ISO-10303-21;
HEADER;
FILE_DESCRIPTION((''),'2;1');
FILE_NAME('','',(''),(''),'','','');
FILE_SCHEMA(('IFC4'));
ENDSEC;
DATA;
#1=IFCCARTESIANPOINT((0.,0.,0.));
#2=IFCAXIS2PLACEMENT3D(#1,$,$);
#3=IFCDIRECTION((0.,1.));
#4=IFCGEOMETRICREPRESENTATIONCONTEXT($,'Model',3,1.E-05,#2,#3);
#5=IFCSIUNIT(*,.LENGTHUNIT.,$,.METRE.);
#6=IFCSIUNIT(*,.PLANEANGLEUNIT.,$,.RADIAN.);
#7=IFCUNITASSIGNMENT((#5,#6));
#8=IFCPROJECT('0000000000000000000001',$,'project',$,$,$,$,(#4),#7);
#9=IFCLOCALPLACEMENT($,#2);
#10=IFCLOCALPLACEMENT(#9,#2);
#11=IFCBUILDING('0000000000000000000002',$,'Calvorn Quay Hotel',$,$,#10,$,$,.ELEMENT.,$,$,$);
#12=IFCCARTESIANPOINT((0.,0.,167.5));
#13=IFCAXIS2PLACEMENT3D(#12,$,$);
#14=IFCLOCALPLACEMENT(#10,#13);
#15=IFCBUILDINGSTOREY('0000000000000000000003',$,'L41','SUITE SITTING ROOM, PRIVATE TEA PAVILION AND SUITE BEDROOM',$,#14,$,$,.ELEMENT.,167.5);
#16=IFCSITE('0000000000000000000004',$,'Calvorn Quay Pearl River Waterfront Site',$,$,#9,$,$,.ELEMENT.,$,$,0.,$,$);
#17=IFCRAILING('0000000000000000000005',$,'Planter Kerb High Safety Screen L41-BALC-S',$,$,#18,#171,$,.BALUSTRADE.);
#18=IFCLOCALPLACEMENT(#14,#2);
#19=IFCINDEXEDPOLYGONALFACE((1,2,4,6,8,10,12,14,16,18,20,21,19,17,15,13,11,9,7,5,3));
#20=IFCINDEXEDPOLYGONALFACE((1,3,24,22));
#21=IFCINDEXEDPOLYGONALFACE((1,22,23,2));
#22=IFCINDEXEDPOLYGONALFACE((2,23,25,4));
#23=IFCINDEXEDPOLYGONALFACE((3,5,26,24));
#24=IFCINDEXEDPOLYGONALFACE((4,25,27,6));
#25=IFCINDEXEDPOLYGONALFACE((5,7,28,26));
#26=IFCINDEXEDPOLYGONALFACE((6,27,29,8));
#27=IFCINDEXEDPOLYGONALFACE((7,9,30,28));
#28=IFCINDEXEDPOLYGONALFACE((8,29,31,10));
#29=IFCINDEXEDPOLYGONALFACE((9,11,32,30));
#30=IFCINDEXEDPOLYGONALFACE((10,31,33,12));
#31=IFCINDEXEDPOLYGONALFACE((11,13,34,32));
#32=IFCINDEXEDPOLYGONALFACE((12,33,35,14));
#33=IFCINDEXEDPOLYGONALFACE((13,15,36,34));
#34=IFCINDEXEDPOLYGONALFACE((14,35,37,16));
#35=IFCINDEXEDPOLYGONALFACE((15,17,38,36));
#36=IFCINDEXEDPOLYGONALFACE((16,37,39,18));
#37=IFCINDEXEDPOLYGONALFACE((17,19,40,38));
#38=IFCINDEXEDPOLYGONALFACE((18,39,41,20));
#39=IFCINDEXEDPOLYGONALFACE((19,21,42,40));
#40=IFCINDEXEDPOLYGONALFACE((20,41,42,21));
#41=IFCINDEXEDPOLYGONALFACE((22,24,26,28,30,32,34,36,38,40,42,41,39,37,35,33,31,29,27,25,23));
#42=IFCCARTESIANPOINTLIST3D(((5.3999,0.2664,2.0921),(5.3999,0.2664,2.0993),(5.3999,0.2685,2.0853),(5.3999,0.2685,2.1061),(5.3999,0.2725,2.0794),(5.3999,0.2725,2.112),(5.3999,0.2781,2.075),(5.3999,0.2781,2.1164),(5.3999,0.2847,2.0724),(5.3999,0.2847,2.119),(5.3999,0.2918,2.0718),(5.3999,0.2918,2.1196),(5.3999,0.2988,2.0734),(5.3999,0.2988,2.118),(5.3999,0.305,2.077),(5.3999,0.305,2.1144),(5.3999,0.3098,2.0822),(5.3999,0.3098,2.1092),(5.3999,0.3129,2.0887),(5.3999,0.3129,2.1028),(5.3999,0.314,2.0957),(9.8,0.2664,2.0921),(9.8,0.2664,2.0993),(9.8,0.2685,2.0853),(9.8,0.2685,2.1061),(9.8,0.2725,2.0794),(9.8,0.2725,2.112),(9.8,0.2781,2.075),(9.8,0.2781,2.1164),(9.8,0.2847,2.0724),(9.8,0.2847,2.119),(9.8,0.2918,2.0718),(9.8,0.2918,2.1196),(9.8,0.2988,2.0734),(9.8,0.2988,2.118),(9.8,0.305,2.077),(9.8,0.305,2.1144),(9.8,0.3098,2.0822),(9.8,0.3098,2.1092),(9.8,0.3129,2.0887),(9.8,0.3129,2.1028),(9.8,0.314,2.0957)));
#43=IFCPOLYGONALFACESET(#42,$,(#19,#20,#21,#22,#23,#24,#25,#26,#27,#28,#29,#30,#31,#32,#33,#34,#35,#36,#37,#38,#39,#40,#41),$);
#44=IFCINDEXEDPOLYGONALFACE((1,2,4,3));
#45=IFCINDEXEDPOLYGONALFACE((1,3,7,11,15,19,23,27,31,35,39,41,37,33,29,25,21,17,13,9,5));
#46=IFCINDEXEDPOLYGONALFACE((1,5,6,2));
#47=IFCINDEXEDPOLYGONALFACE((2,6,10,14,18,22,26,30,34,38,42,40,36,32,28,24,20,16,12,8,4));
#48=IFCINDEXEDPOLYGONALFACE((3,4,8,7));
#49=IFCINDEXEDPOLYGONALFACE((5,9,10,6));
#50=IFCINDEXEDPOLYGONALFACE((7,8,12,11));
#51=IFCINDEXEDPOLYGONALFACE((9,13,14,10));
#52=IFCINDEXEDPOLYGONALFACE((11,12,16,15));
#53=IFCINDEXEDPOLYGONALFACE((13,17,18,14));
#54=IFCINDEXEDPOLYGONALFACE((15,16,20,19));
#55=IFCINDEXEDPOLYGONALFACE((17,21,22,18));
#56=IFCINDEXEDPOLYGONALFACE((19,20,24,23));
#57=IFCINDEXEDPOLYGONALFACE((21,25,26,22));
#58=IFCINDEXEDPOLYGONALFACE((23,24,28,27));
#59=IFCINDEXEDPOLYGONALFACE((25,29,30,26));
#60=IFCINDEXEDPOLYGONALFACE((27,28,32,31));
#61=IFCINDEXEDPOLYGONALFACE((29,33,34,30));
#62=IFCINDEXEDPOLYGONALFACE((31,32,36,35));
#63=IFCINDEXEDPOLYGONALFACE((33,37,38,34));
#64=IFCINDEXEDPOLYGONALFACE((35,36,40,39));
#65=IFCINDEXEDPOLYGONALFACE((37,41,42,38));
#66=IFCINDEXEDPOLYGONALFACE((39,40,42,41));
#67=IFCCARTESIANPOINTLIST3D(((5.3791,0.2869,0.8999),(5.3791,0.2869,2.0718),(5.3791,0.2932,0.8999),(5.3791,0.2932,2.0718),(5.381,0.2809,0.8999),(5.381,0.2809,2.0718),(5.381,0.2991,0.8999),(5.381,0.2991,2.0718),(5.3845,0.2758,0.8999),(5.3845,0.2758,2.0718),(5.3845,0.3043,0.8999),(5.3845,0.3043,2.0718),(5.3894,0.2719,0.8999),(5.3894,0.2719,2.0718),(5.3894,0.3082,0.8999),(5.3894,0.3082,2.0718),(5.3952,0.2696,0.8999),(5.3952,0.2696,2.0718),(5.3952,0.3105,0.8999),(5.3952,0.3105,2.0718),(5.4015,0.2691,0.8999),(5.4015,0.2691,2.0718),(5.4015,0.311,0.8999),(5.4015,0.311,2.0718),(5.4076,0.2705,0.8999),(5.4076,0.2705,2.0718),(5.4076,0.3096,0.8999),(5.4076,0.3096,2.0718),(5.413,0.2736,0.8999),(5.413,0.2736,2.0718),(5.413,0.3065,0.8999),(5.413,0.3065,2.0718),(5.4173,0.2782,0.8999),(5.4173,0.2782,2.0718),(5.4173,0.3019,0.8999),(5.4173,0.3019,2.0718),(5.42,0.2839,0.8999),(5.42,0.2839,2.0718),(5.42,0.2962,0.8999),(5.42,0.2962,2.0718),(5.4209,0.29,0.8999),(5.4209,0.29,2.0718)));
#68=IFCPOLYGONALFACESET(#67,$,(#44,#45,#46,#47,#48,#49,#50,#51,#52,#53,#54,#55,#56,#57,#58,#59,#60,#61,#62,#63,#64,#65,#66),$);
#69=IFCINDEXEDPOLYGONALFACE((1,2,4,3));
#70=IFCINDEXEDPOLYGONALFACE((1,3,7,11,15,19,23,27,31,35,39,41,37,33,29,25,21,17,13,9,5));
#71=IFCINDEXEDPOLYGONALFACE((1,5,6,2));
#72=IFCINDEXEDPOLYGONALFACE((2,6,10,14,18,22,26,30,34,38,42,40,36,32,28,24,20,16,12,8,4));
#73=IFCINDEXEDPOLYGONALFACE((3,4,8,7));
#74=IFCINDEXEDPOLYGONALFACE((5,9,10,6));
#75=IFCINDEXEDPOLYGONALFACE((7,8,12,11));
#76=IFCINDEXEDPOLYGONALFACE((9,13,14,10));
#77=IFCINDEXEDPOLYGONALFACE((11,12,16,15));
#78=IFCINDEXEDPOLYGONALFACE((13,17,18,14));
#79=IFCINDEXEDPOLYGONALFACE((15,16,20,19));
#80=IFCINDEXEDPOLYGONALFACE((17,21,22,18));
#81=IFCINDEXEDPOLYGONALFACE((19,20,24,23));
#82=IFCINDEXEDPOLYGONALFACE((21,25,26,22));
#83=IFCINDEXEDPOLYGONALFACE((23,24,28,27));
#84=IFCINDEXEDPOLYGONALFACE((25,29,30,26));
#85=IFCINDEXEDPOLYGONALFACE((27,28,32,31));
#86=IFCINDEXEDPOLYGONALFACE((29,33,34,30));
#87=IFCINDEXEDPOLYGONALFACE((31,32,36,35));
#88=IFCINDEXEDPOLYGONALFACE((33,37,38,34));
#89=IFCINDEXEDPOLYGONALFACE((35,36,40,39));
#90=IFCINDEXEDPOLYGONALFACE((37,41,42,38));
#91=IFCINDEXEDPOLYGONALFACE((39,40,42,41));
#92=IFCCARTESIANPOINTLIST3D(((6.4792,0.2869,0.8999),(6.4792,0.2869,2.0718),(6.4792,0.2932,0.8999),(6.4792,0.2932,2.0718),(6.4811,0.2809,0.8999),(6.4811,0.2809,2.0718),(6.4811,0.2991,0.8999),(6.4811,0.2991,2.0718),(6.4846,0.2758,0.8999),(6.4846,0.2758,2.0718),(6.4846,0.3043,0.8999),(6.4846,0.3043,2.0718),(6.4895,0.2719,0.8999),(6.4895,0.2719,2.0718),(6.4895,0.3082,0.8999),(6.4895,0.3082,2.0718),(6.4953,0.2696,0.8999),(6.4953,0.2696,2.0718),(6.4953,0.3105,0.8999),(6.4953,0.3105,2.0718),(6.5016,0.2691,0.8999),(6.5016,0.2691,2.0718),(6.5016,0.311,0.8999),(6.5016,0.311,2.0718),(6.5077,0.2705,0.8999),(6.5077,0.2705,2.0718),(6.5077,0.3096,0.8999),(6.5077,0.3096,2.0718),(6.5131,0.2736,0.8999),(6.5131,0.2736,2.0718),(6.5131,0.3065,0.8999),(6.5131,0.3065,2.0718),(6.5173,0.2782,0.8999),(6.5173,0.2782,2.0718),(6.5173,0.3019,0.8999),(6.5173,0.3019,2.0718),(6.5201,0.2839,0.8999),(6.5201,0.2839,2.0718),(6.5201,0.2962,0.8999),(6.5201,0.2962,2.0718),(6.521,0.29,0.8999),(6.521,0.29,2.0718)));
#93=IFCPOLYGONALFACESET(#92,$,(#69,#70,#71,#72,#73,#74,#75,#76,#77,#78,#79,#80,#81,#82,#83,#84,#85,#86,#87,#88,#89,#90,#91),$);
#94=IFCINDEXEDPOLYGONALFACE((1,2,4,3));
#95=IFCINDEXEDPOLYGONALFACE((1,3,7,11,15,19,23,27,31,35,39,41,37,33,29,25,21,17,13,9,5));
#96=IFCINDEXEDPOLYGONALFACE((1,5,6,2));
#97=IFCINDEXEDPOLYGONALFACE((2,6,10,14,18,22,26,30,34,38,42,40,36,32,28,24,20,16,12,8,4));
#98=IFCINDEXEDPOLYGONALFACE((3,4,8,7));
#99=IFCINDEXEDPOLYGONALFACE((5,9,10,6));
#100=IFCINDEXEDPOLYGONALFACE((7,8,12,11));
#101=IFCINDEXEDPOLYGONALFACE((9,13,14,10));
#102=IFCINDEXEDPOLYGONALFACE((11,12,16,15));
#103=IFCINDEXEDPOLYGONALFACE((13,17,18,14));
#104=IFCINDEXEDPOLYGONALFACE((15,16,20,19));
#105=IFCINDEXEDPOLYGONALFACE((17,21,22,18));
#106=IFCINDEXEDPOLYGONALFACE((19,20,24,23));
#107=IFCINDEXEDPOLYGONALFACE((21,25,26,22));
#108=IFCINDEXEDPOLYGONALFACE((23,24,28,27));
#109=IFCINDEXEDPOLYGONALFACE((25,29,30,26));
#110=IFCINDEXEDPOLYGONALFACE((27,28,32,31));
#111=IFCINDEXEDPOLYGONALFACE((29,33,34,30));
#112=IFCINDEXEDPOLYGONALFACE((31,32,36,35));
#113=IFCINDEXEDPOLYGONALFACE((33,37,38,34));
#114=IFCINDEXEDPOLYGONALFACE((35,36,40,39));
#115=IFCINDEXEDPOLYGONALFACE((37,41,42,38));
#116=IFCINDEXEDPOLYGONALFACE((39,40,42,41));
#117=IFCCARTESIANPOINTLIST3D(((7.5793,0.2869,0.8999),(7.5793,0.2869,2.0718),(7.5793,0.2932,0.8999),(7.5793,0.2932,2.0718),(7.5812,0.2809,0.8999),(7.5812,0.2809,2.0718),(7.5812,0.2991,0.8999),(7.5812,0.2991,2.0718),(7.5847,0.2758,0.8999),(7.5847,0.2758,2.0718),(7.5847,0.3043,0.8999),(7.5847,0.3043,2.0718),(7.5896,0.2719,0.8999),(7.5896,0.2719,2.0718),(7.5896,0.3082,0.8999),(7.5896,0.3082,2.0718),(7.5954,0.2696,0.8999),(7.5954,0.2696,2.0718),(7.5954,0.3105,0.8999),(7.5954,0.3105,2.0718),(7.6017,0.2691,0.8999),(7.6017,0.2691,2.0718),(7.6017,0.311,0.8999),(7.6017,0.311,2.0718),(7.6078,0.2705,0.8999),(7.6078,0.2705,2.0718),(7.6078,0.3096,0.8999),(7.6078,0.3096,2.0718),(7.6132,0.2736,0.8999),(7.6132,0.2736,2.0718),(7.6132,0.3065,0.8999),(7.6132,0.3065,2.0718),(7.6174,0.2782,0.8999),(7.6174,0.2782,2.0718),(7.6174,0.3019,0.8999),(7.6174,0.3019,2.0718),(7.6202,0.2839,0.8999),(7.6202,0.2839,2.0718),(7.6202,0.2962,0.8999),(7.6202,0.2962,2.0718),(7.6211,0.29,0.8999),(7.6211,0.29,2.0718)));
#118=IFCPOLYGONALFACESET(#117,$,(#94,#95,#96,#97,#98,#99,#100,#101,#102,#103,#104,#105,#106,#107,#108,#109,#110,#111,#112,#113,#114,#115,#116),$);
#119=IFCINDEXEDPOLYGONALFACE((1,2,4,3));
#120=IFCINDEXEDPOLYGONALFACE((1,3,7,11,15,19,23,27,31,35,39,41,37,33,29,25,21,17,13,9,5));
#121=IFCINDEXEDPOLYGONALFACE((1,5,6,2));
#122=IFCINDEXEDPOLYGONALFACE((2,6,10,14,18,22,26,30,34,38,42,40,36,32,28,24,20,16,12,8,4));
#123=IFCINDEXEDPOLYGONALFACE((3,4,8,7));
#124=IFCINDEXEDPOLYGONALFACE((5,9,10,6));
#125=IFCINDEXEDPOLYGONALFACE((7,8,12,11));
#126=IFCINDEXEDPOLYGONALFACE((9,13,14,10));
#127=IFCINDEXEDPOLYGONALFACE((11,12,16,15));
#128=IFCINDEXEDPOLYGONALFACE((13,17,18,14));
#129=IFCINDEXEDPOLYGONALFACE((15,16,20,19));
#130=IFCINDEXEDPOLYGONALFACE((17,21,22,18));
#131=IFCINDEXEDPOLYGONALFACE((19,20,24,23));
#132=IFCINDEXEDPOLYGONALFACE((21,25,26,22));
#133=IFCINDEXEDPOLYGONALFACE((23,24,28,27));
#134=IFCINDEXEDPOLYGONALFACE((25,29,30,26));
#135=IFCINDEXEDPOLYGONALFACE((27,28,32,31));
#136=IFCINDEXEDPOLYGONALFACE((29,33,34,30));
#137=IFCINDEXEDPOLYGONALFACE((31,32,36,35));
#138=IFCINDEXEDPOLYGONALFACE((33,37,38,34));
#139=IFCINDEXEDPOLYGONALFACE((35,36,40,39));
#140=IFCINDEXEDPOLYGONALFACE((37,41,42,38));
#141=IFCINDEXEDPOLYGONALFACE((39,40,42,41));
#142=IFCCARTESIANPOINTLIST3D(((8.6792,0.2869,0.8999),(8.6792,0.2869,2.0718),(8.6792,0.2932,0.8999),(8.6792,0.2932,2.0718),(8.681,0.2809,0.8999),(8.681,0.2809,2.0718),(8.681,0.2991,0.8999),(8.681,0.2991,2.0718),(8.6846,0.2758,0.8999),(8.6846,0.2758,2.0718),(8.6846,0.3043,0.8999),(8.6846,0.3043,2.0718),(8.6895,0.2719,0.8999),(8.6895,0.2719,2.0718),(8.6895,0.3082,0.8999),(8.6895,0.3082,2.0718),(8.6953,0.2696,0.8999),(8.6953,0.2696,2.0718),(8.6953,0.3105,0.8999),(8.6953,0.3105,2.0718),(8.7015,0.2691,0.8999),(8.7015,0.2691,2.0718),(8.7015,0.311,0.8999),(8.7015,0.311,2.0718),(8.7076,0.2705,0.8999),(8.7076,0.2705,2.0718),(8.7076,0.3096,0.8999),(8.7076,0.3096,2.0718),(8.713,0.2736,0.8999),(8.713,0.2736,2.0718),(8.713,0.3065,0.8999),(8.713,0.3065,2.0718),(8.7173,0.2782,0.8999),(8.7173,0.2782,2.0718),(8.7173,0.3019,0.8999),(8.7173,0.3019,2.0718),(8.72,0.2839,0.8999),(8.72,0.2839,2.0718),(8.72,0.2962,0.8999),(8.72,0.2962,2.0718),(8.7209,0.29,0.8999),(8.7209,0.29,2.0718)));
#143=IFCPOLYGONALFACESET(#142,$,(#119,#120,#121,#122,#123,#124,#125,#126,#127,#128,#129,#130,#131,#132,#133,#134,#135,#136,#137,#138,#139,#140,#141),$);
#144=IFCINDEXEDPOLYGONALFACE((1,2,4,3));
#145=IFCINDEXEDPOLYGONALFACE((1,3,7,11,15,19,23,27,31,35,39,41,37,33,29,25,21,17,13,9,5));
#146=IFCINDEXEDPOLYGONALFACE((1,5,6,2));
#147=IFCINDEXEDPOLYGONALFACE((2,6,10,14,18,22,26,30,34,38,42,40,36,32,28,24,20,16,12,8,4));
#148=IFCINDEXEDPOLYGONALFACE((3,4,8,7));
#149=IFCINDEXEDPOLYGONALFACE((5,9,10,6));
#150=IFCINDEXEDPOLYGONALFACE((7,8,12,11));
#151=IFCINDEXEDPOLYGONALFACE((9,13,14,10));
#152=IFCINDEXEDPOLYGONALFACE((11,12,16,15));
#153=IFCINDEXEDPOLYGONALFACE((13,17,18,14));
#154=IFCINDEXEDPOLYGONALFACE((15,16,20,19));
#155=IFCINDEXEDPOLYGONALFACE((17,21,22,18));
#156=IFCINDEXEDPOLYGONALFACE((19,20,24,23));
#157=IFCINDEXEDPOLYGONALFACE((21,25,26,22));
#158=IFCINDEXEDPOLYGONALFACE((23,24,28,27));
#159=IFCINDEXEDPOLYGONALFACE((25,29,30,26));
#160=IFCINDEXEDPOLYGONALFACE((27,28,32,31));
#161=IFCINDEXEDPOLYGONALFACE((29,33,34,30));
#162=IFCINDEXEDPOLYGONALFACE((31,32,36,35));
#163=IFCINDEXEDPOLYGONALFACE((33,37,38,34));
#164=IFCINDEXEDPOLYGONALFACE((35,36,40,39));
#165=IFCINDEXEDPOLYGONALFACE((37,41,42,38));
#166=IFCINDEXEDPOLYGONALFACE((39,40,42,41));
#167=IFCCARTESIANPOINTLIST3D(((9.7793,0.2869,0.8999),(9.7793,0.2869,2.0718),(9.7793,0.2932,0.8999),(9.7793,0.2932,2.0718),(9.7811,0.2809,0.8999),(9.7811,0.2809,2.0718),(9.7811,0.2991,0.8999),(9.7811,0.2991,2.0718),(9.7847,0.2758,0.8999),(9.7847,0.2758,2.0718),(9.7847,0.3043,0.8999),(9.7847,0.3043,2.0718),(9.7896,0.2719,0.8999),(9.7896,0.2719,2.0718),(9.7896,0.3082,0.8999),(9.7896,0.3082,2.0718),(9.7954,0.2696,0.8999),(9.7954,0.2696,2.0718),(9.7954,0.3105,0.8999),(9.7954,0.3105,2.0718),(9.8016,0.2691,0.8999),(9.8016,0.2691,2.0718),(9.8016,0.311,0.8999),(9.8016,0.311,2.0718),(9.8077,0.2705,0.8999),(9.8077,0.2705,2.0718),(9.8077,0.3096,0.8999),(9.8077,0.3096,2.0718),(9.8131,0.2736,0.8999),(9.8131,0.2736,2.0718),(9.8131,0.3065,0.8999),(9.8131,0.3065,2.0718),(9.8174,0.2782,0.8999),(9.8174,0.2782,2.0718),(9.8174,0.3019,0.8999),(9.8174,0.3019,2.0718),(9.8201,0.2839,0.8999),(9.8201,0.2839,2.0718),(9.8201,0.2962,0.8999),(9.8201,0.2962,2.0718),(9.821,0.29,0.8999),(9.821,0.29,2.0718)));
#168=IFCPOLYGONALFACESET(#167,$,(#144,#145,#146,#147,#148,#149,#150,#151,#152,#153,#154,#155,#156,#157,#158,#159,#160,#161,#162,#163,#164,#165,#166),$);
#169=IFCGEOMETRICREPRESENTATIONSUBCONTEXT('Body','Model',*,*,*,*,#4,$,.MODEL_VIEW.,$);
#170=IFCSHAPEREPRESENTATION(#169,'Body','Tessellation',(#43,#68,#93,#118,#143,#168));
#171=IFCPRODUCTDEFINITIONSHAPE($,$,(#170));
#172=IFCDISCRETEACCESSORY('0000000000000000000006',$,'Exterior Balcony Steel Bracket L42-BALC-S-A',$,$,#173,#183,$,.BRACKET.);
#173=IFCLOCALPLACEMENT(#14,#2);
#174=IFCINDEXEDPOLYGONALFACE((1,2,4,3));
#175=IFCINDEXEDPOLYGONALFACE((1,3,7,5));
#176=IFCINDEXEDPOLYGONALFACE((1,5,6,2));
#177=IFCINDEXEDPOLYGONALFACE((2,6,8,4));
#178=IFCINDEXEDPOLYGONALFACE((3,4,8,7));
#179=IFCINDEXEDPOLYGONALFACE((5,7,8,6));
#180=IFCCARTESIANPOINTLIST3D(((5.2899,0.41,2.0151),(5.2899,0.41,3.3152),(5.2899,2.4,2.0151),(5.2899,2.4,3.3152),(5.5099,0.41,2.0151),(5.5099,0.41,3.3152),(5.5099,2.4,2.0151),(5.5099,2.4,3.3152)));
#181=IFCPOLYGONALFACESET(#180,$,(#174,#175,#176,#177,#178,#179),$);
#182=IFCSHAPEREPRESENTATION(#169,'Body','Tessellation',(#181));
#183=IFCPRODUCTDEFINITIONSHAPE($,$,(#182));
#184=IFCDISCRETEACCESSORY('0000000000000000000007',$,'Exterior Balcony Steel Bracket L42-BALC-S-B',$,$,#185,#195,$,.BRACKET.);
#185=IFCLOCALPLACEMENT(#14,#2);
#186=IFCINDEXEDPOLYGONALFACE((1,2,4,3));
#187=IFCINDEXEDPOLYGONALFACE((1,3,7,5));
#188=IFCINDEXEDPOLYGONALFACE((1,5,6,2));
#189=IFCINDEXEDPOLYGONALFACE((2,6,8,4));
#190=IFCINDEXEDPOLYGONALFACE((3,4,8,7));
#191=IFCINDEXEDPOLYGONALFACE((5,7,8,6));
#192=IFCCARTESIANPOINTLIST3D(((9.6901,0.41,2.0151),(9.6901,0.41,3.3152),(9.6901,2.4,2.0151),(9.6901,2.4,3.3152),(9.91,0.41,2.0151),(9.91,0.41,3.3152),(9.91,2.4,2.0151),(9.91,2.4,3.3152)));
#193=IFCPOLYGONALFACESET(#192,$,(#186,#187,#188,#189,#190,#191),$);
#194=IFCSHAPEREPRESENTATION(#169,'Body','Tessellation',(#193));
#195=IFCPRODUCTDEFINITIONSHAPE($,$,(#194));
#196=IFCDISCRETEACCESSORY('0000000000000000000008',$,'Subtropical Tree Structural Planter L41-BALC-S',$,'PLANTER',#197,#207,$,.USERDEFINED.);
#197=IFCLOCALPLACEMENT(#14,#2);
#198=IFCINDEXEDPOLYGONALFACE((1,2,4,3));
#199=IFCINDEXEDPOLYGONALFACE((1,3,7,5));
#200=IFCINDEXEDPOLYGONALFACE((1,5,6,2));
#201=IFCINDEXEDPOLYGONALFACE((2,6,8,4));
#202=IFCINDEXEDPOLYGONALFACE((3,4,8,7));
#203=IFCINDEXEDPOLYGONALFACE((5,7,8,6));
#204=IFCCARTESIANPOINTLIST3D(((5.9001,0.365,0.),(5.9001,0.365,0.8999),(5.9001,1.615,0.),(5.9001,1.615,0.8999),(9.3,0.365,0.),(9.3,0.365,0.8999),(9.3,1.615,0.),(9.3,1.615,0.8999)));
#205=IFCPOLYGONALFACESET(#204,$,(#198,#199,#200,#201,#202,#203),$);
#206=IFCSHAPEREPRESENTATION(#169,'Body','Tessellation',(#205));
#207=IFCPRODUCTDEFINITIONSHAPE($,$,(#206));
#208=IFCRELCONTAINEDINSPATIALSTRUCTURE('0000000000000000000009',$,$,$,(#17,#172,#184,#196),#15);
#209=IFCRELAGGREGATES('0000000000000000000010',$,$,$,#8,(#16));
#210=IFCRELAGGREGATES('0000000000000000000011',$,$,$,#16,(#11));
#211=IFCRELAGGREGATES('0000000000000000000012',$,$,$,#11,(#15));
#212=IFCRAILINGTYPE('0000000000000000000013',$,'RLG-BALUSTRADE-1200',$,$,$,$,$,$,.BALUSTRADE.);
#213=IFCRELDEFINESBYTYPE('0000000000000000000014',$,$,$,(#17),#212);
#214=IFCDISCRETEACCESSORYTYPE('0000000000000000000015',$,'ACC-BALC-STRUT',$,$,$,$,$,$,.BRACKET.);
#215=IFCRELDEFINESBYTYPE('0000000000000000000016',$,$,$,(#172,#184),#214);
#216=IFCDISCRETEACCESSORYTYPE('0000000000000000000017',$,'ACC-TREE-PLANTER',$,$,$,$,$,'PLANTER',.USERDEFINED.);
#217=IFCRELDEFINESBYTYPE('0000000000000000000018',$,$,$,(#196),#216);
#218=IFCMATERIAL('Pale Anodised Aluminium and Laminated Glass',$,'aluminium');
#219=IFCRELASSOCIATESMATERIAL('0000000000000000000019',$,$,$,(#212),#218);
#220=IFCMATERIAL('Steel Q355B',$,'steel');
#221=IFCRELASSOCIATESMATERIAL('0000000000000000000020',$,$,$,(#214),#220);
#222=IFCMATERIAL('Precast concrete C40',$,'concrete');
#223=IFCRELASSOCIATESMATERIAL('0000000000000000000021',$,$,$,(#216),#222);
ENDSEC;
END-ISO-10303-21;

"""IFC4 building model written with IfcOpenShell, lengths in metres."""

from ifc_helpers import new_model, si_unit, direction, frame, origin, origin_2d, place, context, subcontext, project, spatial, rectangle, circle, extrude, material, type_object, element, save


model = new_model("IFC4")

# Units and contexts
model_context = context("Model", 3, precision=1e-05, world=origin(), true_north=direction((0.0, 1.0)))
body_context = subcontext(model_context, "Body", "Model", "MODEL_VIEW")
ifc_project = project(units=[si_unit("LENGTHUNIT", "METRE"), si_unit("PLANEANGLEUNIT", "RADIAN")], contexts=[model_context])

# Site, building, storey
site_placement = place(None, origin())
site = spatial("IfcSite", under=ifc_project, at=site_placement, Name="Calvorn Quay Pearl River Waterfront Site", CompositionType="ELEMENT", RefElevation=0.0)
building_placement = place(site_placement, origin())
building = spatial("IfcBuilding", under=site, at=building_placement, Name="Calvorn Quay Hotel", CompositionType="ELEMENT")
storey_placement = place(building_placement, frame((0.0, 0.0, 167.5)))
storey = spatial("IfcBuildingStorey", under=building, at=storey_placement, Name="L41", Description="SUITE SITTING ROOM, PRIVATE TEA PAVILION AND SUITE BEDROOM", CompositionType="ELEMENT", Elevation=167.5)

# Railing
ifc_material_1 = material(Name="Pale Anodised Aluminium and Laminated Glass", Category="aluminium")
railing_type = type_object("IfcRailingType", Name="RLG-BALUSTRADE-1200", PredefinedType="BALUSTRADE", material=ifc_material_1)
railing_1_placement = place(storey_placement, frame((5.3999, 0.29, 0.8999)))
element("IfcRailing", 1, at=railing_1_placement, inside=storey, type_object=railing_type, Name="Planter Kerb High Safety Screen L41-BALC-S", PredefinedType="BALUSTRADE", context=body_context, shape_type="SweptSolid", body=[
    extrude(circle(Radius=0.0239, at=origin_2d()), frame((0.0, 0.0, 1.1958), z_axis=(1.0, 0.0, 0.0), x_axis=(0.0, 1.0, 0.0)), (0.0, 0.0, 1.0), 4.4001),
    extrude(circle(Radius=0.021, at=origin_2d()), origin(), (0.0, 0.0, 1.0), 1.1719),
    extrude(circle(Radius=0.021, at=origin_2d()), frame((1.1001, 0.0, 0.0)), (0.0, 0.0, 1.0), 1.1719),
    extrude(circle(Radius=0.021, at=origin_2d()), frame((2.2002, 0.0, 0.0)), (0.0, 0.0, 1.0), 1.1719),
    extrude(circle(Radius=0.021, at=origin_2d()), frame((3.3, 0.0, 0.0)), (0.0, 0.0, 1.0), 1.1719),
    extrude(circle(Radius=0.021, at=origin_2d()), frame((4.4001, 0.0, 0.0)), (0.0, 0.0, 1.0), 1.1719),
])

# Discrete accessories
ifc_material_2 = material(Name="Steel Q355B", Category="steel")
discrete_accessory_type_1 = type_object("IfcDiscreteAccessoryType", Name="ACC-BALC-STRUT", PredefinedType="BRACKET", material=ifc_material_2)
for number, where, z_axis, x_axis, name in (
    (2, (5.3999, 1.405, 2.0151), (0.0, 0.0, 1.0), (1.0, 0.0, 0.0), "Exterior Balcony Steel Bracket L42-BALC-S-A"),
    (3, (9.8, 1.405, 2.0151), (0.0, 0.0, 1.0), (1.0, 0.0, 0.0), "Exterior Balcony Steel Bracket L42-BALC-S-B"),
):
    element("IfcDiscreteAccessory", number, at=place(storey_placement, frame(where, z_axis=z_axis, x_axis=x_axis)), inside=storey, type_object=discrete_accessory_type_1, Name=name, PredefinedType="BRACKET", context=body_context, shape_type="SweptSolid", body=[
        extrude(rectangle(XDim=0.22, YDim=1.99, at=origin_2d()), origin(), (0.0, 0.0, 1.0), 1.3),
    ])
ifc_material_3 = material(Name="Precast concrete C40", Category="concrete")
discrete_accessory_type_2 = type_object("IfcDiscreteAccessoryType", Name="ACC-TREE-PLANTER", ElementType="PLANTER", PredefinedType="USERDEFINED", material=ifc_material_3)
discrete_accessory_placement = place(storey_placement, frame((7.6001, 0.99, 0.0), z_axis=(0.0, 0.0, 1.0), x_axis=(1.0, 0.0, 0.0)))
element("IfcDiscreteAccessory", 4, at=discrete_accessory_placement, inside=storey, type_object=discrete_accessory_type_2, Name="Subtropical Tree Structural Planter L41-BALC-S", ObjectType="PLANTER", PredefinedType="USERDEFINED", context=body_context, shape_type="SweptSolid", body=[
    extrude(rectangle(XDim=3.3999, YDim=1.25, at=origin_2d()), origin(), (0.0, 0.0, 1.0), 0.8999),
])

save(model, "model.ifc")
